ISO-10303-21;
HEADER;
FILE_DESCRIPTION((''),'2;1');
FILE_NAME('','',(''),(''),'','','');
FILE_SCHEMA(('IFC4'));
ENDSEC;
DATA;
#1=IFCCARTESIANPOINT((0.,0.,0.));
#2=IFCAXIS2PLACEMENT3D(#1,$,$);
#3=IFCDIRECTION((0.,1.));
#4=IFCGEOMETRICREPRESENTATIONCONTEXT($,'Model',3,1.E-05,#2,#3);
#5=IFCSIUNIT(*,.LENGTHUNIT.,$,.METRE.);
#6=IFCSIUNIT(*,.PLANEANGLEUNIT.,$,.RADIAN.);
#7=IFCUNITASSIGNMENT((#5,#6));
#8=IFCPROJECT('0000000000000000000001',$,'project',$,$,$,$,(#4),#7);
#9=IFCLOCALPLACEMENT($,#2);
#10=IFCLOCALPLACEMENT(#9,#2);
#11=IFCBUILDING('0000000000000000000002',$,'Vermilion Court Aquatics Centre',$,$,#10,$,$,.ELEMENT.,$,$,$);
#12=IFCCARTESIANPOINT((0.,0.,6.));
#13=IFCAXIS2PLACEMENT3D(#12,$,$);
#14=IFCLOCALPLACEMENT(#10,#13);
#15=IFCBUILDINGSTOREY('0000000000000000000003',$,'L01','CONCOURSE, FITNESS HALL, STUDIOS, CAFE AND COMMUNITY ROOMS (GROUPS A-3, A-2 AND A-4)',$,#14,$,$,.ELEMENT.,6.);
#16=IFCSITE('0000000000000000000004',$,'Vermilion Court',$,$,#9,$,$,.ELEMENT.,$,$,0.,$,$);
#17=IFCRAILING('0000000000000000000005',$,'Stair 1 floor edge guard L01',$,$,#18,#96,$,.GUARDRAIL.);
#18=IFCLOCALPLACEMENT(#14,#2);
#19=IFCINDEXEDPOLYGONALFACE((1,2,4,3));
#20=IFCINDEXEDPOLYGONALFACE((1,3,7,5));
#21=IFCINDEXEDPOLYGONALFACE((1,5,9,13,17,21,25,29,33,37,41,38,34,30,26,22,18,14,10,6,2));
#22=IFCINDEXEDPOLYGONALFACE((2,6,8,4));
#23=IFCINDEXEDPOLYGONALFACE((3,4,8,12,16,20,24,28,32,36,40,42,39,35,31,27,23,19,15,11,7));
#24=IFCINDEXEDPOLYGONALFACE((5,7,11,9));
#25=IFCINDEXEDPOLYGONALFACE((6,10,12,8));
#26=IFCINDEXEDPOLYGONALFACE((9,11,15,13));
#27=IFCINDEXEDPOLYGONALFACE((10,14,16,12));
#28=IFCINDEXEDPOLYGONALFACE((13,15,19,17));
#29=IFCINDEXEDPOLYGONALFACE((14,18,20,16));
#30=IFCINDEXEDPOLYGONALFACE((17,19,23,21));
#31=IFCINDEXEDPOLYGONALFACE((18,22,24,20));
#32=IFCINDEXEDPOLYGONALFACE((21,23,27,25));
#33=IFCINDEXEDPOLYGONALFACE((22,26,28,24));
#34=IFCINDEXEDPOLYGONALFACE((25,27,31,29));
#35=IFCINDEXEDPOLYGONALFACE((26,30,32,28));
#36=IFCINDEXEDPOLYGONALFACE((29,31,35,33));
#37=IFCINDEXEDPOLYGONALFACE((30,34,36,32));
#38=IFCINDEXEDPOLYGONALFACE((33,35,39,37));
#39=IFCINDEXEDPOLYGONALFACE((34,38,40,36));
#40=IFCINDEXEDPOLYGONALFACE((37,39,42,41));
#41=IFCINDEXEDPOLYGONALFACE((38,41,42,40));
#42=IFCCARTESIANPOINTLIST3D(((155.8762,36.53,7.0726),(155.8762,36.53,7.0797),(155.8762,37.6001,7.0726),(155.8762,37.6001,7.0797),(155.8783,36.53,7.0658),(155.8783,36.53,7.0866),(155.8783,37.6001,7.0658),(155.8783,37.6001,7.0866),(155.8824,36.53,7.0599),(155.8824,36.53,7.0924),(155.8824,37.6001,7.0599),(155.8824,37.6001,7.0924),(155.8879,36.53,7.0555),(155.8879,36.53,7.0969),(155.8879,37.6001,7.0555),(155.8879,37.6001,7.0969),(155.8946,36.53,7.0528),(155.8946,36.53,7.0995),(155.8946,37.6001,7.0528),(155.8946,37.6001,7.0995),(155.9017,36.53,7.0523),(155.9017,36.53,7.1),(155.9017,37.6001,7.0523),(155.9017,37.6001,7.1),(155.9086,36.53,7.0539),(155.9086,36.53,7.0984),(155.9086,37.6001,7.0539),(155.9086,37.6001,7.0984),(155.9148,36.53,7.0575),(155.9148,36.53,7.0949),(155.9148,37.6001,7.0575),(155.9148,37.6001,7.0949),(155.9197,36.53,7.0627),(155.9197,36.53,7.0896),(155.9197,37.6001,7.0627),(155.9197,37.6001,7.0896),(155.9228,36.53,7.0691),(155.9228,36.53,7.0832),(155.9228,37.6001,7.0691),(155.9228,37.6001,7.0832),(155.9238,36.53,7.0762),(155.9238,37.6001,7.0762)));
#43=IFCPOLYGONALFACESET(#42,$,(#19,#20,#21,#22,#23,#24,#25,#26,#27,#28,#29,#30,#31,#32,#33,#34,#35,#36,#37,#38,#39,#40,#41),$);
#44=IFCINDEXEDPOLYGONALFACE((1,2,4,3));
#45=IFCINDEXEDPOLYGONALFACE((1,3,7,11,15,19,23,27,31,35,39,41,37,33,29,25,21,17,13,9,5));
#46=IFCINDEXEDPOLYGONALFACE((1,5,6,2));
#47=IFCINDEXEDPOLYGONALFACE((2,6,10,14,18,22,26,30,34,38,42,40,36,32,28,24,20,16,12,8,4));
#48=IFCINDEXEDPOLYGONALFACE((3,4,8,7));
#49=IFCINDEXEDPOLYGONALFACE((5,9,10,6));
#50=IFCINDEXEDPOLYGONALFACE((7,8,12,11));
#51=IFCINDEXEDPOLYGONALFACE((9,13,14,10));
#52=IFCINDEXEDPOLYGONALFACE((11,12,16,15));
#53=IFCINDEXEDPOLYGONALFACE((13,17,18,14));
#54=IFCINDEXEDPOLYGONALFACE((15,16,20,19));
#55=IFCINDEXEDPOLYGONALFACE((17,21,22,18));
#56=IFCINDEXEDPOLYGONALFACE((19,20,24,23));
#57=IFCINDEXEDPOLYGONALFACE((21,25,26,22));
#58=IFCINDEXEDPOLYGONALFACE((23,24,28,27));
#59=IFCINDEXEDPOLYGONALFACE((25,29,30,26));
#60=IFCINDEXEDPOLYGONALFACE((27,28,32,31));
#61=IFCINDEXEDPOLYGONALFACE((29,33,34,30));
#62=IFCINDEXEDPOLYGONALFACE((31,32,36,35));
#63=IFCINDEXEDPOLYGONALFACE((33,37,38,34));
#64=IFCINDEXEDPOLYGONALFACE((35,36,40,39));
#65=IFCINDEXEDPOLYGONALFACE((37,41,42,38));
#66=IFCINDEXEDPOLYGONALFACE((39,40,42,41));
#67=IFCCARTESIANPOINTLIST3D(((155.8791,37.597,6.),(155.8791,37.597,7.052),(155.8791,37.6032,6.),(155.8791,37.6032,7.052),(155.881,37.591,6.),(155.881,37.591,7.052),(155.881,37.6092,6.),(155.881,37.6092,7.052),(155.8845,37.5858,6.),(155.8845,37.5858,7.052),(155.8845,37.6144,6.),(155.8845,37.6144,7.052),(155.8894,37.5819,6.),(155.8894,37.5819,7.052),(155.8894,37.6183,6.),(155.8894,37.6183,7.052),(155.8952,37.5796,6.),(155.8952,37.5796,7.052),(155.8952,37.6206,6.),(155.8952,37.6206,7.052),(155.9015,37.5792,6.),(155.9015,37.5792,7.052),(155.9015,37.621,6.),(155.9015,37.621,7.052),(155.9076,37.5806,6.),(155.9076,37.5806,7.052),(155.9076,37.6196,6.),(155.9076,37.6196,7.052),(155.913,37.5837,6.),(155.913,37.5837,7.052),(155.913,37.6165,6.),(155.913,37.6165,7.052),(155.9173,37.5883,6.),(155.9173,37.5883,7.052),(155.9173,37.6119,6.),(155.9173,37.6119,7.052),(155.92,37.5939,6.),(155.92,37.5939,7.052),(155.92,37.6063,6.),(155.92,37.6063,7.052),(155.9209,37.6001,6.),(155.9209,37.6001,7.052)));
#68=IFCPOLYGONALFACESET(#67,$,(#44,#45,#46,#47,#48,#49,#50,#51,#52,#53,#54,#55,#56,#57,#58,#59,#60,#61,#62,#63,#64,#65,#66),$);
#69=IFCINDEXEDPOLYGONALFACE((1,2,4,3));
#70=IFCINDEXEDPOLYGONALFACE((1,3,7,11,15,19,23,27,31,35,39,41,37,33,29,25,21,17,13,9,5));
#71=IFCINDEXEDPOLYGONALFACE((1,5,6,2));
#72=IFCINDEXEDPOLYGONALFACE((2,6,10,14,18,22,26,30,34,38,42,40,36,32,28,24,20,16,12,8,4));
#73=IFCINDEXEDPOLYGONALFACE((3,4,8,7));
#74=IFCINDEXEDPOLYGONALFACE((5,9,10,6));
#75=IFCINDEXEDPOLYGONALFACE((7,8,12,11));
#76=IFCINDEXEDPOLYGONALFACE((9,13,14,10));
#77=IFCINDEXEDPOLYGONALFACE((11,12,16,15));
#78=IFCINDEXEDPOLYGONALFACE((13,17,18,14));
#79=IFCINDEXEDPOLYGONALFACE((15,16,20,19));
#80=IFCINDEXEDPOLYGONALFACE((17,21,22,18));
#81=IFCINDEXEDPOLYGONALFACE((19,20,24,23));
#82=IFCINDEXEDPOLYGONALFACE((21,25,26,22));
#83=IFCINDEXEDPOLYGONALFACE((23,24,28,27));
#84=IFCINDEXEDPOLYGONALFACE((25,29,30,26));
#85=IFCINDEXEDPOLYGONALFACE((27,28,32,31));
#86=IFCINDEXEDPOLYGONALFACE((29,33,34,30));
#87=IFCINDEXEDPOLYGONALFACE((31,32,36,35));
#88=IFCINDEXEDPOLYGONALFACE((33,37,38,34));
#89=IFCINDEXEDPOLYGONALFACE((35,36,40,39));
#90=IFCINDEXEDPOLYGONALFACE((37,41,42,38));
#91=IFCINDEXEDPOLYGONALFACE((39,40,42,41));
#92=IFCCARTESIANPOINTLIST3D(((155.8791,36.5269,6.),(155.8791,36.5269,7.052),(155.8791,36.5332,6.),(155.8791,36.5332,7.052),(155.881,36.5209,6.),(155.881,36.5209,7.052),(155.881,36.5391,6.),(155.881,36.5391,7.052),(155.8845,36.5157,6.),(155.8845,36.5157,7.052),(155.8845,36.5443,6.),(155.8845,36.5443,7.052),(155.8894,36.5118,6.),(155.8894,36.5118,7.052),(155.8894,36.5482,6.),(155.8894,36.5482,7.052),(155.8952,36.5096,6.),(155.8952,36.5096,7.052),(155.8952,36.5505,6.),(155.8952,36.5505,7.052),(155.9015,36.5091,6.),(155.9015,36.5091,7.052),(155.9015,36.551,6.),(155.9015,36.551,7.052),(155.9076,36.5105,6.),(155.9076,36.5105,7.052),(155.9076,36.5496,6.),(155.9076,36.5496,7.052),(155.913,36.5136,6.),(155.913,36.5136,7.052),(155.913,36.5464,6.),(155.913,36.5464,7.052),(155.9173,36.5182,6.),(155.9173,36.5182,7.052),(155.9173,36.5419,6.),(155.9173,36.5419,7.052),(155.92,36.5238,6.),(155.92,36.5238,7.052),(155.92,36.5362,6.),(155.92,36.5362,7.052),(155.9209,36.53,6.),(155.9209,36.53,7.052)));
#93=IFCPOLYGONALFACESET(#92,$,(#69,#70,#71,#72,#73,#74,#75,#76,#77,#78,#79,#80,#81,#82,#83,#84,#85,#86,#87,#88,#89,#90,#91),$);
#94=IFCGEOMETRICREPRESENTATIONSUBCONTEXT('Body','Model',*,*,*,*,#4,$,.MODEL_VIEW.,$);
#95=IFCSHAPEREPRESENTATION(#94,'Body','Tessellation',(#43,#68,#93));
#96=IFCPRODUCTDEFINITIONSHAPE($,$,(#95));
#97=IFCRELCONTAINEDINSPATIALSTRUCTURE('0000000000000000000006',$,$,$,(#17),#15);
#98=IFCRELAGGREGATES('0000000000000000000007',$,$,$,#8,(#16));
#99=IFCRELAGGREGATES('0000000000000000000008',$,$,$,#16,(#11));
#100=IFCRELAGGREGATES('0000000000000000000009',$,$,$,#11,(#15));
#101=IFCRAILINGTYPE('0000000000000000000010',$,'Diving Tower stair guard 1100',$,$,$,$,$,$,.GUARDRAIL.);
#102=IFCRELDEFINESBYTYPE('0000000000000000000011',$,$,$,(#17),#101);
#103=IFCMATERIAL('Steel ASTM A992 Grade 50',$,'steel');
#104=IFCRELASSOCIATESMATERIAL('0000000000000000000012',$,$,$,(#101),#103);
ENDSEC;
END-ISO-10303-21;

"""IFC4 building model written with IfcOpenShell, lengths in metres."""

from ifc_helpers import new_model, si_unit, direction, frame, origin, origin_2d, place, context, subcontext, project, spatial, circle, extrude, material, type_object, element, save


model = new_model("IFC4")

# Units and contexts
model_context = context("Model", 3, precision=1e-05, world=origin(), true_north=direction((0.0, 1.0)))
body_context = subcontext(model_context, "Body", "Model", "MODEL_VIEW")
ifc_project = project(units=[si_unit("LENGTHUNIT", "METRE"), si_unit("PLANEANGLEUNIT", "RADIAN")], contexts=[model_context])

# Site, building, storey
site_placement = place(None, origin())
site = spatial("IfcSite", under=ifc_project, at=site_placement, Name="Vermilion Court", CompositionType="ELEMENT", RefElevation=0.0)
building_placement = place(site_placement, origin())
building = spatial("IfcBuilding", under=site, at=building_placement, Name="Vermilion Court Aquatics Centre", CompositionType="ELEMENT")
storey_placement = place(building_placement, frame((0.0, 0.0, 6.0)))
storey = spatial("IfcBuildingStorey", under=building, at=storey_placement, Name="L01", Description="CONCOURSE, FITNESS HALL, STUDIOS, CAFE AND COMMUNITY ROOMS (GROUPS A-3, A-2 AND A-4)", CompositionType="ELEMENT", Elevation=6.0)

# Railing
ifc_material_1 = material(Name="Steel ASTM A992 Grade 50", Category="steel")
railing_type_1 = type_object("IfcRailingType", Name="Diving Tower stair guard 1100", PredefinedType="GUARDRAIL", material=ifc_material_1)
railing_1_placement = place(storey_placement, frame((155.8999, 37.6001, 6.0)))
element("IfcRailing", 1, at=railing_1_placement, inside=storey, type_object=railing_type_1, Name="Stair 1 floor edge guard L01", PredefinedType="GUARDRAIL", context=body_context, shape_type="SweptSolid", body=[
    extrude(circle(Radius=0.0239, at=origin_2d()), frame((0.0, 0.0, 1.0762), z_axis=(0.0, -1.0, 0.0), x_axis=(1.0, 0.0, 0.0)), (0.0, 0.0, 1.0), 1.0701),
    extrude(circle(Radius=0.021, at=origin_2d()), origin(), (0.0, 0.0, 1.0), 1.052),
    extrude(circle(Radius=0.021, at=origin_2d()), frame((0.0, -1.0701, 0.0)), (0.0, 0.0, 1.0), 1.052),
])

save(model, "model.ifc")
